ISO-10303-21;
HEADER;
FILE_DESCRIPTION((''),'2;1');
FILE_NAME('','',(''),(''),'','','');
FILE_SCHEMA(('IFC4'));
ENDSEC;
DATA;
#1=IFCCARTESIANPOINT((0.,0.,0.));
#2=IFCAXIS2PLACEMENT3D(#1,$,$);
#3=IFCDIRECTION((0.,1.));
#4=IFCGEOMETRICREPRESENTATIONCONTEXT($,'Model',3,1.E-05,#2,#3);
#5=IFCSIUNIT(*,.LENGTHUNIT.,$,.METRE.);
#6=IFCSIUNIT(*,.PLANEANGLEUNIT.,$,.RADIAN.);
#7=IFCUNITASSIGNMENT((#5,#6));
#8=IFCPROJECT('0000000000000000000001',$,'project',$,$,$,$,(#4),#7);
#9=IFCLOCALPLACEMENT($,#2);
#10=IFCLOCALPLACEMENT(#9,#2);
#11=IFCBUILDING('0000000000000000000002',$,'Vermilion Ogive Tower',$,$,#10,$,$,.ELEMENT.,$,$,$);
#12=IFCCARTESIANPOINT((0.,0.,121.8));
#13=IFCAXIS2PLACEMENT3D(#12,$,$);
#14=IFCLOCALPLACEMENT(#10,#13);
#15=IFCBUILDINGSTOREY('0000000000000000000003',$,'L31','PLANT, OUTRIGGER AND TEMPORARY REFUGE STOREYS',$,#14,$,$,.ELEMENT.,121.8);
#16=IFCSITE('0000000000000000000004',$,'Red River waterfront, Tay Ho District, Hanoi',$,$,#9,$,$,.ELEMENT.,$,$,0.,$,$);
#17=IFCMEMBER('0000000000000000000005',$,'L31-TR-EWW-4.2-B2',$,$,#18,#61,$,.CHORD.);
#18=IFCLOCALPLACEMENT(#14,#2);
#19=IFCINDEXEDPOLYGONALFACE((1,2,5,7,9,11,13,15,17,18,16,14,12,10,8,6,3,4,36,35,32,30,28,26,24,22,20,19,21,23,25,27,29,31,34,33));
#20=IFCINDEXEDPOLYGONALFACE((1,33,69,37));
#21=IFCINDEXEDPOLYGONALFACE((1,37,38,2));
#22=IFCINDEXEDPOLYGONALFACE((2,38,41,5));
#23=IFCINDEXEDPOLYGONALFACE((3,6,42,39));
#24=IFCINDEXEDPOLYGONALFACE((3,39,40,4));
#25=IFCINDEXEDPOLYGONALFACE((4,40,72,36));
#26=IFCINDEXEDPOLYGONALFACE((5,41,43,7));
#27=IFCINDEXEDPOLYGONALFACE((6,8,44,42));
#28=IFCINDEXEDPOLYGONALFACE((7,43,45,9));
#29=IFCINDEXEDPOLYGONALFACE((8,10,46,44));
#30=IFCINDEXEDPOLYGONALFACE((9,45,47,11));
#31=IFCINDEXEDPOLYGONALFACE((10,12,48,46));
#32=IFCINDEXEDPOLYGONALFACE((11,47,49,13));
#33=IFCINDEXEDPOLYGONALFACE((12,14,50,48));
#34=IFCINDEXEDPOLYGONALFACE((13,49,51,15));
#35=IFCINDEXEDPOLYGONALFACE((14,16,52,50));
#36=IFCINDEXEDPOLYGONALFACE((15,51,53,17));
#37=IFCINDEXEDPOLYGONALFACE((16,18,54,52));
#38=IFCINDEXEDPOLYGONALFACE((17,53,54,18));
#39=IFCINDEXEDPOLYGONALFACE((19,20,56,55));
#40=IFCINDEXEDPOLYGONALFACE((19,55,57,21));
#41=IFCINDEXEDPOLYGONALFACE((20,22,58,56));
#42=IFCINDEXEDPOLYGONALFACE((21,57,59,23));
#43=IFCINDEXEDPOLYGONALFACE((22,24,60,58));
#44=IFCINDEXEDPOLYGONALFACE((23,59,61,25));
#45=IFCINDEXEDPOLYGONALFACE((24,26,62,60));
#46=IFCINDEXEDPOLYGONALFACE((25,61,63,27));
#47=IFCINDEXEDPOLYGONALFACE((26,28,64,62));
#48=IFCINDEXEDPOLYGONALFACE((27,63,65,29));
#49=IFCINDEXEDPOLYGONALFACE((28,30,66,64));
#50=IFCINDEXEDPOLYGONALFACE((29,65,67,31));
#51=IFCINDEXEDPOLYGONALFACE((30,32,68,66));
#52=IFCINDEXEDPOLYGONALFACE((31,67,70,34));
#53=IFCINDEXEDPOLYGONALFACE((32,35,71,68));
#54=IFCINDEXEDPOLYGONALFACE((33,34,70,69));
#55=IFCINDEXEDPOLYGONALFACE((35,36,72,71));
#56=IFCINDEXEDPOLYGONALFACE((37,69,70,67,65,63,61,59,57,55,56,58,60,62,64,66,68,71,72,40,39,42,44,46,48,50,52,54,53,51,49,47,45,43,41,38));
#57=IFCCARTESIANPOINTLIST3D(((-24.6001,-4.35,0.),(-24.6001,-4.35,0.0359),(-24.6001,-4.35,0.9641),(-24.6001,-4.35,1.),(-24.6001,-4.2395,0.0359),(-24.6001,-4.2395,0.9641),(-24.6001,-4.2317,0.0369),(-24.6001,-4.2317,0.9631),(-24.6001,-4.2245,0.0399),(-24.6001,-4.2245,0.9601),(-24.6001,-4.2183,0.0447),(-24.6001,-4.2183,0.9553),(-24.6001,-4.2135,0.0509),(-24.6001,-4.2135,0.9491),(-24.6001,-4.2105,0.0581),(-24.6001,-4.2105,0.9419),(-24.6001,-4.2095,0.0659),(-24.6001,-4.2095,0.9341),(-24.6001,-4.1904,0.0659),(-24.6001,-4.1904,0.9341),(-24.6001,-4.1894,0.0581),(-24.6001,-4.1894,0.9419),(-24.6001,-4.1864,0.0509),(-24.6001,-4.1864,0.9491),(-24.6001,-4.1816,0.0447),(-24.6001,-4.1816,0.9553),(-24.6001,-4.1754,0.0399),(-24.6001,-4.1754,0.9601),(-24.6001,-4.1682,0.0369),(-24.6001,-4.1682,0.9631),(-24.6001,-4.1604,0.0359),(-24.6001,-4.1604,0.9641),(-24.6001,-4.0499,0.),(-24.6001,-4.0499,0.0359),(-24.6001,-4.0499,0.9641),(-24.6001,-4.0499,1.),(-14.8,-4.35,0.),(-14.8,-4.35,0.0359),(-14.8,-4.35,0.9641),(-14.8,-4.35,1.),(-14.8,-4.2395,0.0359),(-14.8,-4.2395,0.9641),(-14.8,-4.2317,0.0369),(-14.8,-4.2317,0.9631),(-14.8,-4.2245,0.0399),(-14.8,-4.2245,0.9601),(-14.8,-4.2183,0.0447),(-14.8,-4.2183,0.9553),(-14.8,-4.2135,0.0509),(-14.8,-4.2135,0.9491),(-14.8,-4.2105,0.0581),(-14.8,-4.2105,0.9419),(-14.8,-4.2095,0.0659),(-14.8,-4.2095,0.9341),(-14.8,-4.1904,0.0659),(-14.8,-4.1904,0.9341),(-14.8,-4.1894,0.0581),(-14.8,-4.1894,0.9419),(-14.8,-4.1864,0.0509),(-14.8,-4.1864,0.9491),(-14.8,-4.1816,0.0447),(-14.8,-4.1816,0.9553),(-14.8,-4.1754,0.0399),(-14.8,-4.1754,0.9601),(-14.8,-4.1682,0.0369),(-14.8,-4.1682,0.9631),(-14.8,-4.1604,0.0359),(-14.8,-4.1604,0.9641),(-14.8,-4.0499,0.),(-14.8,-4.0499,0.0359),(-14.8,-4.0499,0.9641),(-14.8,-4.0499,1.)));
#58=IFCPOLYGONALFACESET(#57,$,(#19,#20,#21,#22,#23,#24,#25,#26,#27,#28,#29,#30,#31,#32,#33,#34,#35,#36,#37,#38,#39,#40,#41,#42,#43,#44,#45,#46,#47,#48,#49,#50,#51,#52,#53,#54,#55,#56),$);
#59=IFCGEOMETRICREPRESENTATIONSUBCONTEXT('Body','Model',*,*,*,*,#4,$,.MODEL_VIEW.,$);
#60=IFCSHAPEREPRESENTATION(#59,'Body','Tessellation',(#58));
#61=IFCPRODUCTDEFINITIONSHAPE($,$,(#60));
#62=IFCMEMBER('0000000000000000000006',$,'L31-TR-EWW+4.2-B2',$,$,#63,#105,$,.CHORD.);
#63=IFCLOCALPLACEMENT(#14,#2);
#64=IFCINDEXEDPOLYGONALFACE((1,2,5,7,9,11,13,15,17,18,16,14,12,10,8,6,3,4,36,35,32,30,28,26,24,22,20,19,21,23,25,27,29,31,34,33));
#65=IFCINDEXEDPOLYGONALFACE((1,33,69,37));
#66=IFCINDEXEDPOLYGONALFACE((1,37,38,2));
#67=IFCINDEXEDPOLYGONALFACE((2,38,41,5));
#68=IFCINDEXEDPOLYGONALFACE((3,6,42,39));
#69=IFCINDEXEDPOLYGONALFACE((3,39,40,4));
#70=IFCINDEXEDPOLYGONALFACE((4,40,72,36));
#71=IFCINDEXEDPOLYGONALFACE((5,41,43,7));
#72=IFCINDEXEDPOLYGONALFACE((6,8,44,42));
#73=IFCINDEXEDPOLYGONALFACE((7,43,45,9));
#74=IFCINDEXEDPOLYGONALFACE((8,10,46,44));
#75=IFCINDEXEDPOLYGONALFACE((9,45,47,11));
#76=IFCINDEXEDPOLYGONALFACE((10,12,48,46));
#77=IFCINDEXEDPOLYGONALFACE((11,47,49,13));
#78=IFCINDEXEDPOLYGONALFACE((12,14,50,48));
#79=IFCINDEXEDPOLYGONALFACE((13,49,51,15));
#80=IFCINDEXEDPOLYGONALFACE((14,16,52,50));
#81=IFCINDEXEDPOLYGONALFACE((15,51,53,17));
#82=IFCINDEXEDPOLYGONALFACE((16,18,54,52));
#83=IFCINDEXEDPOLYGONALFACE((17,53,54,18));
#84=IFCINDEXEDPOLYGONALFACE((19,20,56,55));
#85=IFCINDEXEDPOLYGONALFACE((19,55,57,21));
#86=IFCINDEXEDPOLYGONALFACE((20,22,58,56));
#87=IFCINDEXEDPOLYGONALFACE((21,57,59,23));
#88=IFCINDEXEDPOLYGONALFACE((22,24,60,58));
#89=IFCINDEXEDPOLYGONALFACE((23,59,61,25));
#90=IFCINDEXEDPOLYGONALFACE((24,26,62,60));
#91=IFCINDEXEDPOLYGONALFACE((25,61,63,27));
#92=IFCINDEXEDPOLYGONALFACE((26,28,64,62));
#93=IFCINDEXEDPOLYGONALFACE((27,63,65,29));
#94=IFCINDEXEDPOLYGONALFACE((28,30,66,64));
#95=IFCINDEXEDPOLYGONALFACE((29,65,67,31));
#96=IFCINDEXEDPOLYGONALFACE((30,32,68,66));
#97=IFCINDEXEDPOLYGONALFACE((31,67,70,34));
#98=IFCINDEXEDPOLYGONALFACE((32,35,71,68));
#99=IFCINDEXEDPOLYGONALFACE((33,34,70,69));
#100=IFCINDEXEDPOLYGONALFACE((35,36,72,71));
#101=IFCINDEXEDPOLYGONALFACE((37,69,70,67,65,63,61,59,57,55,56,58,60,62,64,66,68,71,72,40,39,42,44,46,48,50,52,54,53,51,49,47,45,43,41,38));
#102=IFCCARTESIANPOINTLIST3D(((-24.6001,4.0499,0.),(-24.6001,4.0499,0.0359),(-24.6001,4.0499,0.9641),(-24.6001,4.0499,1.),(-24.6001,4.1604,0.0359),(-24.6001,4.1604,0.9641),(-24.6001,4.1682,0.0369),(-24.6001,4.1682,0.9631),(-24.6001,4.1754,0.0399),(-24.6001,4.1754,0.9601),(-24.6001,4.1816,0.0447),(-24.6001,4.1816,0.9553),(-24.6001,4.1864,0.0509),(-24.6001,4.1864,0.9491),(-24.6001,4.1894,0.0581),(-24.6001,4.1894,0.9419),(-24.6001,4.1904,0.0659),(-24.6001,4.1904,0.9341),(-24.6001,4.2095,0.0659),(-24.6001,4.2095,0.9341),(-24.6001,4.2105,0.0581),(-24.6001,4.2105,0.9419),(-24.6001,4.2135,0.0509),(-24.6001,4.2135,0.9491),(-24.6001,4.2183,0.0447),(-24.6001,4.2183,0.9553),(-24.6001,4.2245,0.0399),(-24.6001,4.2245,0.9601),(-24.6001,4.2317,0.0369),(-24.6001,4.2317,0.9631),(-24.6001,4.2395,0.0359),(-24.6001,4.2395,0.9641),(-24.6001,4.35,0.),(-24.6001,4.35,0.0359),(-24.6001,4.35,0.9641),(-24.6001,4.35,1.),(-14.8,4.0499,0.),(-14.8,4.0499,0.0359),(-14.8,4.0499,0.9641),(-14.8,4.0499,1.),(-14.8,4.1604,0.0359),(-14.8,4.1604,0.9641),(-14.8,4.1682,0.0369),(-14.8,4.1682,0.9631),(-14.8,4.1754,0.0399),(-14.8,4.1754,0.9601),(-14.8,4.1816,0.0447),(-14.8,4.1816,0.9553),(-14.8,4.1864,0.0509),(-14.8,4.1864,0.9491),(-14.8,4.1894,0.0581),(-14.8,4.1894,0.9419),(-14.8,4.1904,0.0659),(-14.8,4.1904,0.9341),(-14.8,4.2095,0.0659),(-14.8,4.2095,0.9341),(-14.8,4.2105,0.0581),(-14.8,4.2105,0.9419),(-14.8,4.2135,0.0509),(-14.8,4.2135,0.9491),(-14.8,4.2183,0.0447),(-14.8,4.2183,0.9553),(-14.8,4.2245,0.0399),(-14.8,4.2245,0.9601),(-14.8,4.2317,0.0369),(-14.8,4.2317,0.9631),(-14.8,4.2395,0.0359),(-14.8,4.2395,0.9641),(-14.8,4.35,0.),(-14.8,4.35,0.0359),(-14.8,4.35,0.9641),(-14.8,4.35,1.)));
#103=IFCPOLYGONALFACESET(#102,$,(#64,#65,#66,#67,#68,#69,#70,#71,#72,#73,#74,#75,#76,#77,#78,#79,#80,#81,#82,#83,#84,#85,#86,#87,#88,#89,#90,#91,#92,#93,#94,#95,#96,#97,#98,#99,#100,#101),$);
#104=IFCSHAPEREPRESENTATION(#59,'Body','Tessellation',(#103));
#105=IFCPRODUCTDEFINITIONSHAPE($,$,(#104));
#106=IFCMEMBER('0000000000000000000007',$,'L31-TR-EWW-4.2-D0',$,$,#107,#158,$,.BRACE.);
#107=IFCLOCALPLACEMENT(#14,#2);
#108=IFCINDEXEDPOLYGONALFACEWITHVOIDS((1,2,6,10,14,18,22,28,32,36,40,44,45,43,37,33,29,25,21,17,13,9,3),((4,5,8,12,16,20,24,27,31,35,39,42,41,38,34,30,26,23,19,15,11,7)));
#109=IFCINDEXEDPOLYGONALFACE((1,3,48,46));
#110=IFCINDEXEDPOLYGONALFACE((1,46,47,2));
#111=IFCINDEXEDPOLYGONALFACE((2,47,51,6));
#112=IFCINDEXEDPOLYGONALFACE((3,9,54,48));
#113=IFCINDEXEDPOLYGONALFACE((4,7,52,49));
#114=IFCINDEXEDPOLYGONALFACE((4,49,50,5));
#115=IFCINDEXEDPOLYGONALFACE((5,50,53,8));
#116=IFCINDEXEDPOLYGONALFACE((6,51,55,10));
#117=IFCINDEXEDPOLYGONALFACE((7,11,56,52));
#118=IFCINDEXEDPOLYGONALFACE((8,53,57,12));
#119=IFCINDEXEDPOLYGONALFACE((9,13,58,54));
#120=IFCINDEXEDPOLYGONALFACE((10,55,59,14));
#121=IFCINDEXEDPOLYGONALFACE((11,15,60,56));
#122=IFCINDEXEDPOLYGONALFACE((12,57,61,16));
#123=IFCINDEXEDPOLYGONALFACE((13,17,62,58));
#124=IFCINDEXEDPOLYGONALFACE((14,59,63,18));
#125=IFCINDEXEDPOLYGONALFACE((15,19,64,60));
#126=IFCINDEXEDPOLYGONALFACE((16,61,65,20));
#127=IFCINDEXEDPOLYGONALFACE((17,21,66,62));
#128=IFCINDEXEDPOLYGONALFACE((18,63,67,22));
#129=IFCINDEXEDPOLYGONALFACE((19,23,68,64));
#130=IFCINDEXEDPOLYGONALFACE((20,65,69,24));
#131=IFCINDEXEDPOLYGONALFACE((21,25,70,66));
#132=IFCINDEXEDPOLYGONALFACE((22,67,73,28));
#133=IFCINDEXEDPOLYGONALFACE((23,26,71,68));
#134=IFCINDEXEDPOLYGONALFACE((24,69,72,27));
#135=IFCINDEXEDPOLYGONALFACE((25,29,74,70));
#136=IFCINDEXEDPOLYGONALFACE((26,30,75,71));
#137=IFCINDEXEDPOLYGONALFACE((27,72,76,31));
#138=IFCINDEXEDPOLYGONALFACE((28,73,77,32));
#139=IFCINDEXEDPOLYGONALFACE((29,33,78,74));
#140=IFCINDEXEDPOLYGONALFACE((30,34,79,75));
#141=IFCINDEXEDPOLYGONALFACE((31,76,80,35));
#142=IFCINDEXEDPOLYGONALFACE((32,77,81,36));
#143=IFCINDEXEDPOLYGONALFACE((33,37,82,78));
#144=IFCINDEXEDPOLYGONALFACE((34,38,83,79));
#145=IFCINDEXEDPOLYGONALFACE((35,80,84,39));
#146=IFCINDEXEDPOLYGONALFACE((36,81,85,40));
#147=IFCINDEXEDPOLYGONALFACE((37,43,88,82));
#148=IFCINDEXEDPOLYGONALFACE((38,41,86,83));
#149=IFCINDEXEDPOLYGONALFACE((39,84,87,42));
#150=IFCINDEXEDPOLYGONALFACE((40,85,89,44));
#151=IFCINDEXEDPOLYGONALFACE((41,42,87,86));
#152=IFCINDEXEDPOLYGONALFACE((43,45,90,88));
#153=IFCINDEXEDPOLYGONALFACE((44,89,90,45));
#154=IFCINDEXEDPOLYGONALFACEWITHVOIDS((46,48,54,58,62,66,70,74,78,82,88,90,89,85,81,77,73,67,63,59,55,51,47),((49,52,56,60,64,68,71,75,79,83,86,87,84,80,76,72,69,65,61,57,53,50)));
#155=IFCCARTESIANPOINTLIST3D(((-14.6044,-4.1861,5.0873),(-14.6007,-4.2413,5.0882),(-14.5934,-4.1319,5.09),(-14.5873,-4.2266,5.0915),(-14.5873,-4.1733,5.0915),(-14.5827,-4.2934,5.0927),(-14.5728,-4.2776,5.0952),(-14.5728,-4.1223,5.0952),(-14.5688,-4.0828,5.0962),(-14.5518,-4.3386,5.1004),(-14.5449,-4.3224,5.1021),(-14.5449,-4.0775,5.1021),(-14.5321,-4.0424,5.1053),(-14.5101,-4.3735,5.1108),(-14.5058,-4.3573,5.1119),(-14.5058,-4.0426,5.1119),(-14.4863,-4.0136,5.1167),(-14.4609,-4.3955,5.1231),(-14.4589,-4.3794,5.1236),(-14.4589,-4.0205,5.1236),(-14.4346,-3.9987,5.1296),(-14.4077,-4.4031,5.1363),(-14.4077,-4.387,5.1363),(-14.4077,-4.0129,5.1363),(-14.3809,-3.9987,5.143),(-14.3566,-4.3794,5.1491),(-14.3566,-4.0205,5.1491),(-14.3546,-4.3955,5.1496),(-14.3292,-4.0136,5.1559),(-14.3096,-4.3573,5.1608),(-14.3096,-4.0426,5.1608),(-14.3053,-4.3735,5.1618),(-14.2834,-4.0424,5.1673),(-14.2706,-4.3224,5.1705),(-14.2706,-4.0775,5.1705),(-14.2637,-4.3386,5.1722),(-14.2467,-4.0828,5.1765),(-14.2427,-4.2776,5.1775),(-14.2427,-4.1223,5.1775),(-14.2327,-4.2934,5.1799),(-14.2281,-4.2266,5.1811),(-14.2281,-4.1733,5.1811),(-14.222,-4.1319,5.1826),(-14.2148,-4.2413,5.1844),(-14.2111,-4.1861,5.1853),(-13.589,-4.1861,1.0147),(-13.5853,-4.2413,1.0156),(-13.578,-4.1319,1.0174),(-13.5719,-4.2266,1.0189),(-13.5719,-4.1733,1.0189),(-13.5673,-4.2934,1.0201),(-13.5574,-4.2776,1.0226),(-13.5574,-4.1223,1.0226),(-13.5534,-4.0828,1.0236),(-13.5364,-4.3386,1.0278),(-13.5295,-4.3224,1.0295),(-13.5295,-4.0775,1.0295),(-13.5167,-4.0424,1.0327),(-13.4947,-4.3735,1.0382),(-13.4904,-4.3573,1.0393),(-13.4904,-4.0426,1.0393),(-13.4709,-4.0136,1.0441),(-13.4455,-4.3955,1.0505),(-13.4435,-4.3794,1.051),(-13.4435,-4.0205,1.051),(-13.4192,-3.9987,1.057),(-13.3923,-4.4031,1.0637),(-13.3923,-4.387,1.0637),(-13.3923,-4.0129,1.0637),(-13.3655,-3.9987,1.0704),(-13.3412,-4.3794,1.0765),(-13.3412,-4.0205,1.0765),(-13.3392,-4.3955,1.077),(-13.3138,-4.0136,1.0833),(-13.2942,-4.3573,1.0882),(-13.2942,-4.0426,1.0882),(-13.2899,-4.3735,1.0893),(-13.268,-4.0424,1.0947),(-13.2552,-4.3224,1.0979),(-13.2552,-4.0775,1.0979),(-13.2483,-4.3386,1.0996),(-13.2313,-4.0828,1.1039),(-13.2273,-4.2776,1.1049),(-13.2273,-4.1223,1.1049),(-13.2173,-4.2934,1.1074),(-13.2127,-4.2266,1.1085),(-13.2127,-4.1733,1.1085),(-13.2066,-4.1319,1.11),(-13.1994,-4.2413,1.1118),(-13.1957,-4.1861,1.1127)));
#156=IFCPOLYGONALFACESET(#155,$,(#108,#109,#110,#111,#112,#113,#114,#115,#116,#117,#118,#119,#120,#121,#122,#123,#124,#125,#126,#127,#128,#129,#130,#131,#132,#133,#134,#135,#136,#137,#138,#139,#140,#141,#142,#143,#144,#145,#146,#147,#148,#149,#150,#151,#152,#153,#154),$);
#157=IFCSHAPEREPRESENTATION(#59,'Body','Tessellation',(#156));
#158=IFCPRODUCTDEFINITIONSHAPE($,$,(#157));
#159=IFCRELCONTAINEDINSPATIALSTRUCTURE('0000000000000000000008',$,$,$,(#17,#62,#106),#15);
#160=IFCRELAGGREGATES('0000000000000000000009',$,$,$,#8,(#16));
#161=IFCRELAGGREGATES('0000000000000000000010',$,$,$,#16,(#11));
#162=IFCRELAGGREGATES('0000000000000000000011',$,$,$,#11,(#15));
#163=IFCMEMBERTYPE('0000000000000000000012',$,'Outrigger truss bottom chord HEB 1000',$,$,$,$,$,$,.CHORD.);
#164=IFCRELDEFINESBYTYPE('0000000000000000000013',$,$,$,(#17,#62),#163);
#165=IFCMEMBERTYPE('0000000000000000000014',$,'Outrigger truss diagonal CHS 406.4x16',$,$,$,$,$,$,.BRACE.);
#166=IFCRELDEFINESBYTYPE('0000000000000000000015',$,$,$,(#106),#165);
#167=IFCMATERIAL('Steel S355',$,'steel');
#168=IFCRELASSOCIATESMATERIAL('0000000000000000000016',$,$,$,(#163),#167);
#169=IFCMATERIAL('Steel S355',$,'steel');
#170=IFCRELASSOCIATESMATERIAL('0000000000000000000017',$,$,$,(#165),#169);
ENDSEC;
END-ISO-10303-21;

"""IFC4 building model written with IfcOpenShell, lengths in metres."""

from ifc_helpers import new_model, si_unit, direction, frame, origin, origin_2d, place, context, subcontext, project, spatial, hollow_circle, i_section, extrude, material, material_profile, profile_set, type_object, element, save


model = new_model("IFC4")

# Units and contexts
model_context = context("Model", 3, precision=1e-05, world=origin(), true_north=direction((0.0, 1.0)))
body_context = subcontext(model_context, "Body", "Model", "MODEL_VIEW")
ifc_project = project(units=[si_unit("LENGTHUNIT", "METRE"), si_unit("PLANEANGLEUNIT", "RADIAN")], contexts=[model_context])

# Site, building, storey
site_placement = place(None, origin())
site = spatial("IfcSite", under=ifc_project, at=site_placement, Name="Red River waterfront, Tay Ho District, Hanoi", CompositionType="ELEMENT", RefElevation=0.0)
building_placement = place(site_placement, origin())
building = spatial("IfcBuilding", under=site, at=building_placement, Name="Vermilion Ogive Tower", CompositionType="ELEMENT")
storey_placement = place(building_placement, frame((0.0, 0.0, 121.8)))
storey = spatial("IfcBuildingStorey", under=building, at=storey_placement, Name="L31", Description="PLANT, OUTRIGGER AND TEMPORARY REFUGE STOREYS", CompositionType="ELEMENT", Elevation=121.8)

# Members
ifc_material_1 = material(Name="Steel S355", Category="steel")
ifc_material_profile_1 = material_profile(ifc_material_1, i_section(OverallWidth=0.3, OverallDepth=1.0, WebThickness=0.019, FlangeThickness=0.0359, FilletRadius=0.03, at=origin_2d()), Name="HEB 1000")
ifc_profile_set_1 = profile_set([ifc_material_profile_1], Name="Steel S355")
member_type_1 = type_object("IfcMemberType", Name="Outrigger truss bottom chord HEB 1000", PredefinedType="CHORD", material=ifc_profile_set_1)
for number, where, z_axis, x_axis, name in (
    (1, (-14.8, -4.2, 0.5), (-1.0, 0.0, 0.0), (0.0, -1.0, 0.0), "L31-TR-EWW-4.2-B2"),
    (2, (-14.8, 4.2, 0.5), (-1.0, 0.0, 0.0), (0.0, -1.0, 0.0), "L31-TR-EWW+4.2-B2"),
):
    element("IfcMember", number, at=place(storey_placement, frame(where, z_axis=z_axis, x_axis=x_axis)), inside=storey, type_object=member_type_1, Name=name, PredefinedType="CHORD", context=body_context, shape_type="SweptSolid", body=[
        extrude(i_section(OverallWidth=0.3, OverallDepth=1.0, WebThickness=0.019, FlangeThickness=0.0359, FilletRadius=0.03, at=origin_2d()), origin(), (0.0, 0.0, 1.0), 9.8),
    ])
ifc_material_2 = material(Name="Steel S355", Category="steel")
ifc_material_profile_2 = material_profile(ifc_material_2, hollow_circle(Radius=0.2031, WallThickness=0.0161, at=origin_2d()), Name="CHS 406.4x16")
ifc_profile_set_2 = profile_set([ifc_material_profile_2], Name="Steel S355")
member_type_2 = type_object("IfcMemberType", Name="Outrigger truss diagonal CHS 406.4x16", PredefinedType="BRACE", material=ifc_profile_set_2)
for number, where, z_axis, x_axis, name in (
    (3, (-13.3923, -4.2, 1.0637), (-0.24192, 0.0, 0.970296), (0.0, -1.0, 0.0), "L31-TR-EWW-4.2-D0"),
):
    element("IfcMember", number, at=place(storey_placement, frame(where, z_axis=z_axis, x_axis=x_axis)), inside=storey, type_object=member_type_2, Name=name, PredefinedType="BRACE", context=body_context, shape_type="SweptSolid", body=[
        extrude(hollow_circle(Radius=0.2031, WallThickness=0.0161, at=origin_2d()), origin(), (0.0, 0.0, 1.0), 4.1973),
    ])

save(model, "model.ifc")
